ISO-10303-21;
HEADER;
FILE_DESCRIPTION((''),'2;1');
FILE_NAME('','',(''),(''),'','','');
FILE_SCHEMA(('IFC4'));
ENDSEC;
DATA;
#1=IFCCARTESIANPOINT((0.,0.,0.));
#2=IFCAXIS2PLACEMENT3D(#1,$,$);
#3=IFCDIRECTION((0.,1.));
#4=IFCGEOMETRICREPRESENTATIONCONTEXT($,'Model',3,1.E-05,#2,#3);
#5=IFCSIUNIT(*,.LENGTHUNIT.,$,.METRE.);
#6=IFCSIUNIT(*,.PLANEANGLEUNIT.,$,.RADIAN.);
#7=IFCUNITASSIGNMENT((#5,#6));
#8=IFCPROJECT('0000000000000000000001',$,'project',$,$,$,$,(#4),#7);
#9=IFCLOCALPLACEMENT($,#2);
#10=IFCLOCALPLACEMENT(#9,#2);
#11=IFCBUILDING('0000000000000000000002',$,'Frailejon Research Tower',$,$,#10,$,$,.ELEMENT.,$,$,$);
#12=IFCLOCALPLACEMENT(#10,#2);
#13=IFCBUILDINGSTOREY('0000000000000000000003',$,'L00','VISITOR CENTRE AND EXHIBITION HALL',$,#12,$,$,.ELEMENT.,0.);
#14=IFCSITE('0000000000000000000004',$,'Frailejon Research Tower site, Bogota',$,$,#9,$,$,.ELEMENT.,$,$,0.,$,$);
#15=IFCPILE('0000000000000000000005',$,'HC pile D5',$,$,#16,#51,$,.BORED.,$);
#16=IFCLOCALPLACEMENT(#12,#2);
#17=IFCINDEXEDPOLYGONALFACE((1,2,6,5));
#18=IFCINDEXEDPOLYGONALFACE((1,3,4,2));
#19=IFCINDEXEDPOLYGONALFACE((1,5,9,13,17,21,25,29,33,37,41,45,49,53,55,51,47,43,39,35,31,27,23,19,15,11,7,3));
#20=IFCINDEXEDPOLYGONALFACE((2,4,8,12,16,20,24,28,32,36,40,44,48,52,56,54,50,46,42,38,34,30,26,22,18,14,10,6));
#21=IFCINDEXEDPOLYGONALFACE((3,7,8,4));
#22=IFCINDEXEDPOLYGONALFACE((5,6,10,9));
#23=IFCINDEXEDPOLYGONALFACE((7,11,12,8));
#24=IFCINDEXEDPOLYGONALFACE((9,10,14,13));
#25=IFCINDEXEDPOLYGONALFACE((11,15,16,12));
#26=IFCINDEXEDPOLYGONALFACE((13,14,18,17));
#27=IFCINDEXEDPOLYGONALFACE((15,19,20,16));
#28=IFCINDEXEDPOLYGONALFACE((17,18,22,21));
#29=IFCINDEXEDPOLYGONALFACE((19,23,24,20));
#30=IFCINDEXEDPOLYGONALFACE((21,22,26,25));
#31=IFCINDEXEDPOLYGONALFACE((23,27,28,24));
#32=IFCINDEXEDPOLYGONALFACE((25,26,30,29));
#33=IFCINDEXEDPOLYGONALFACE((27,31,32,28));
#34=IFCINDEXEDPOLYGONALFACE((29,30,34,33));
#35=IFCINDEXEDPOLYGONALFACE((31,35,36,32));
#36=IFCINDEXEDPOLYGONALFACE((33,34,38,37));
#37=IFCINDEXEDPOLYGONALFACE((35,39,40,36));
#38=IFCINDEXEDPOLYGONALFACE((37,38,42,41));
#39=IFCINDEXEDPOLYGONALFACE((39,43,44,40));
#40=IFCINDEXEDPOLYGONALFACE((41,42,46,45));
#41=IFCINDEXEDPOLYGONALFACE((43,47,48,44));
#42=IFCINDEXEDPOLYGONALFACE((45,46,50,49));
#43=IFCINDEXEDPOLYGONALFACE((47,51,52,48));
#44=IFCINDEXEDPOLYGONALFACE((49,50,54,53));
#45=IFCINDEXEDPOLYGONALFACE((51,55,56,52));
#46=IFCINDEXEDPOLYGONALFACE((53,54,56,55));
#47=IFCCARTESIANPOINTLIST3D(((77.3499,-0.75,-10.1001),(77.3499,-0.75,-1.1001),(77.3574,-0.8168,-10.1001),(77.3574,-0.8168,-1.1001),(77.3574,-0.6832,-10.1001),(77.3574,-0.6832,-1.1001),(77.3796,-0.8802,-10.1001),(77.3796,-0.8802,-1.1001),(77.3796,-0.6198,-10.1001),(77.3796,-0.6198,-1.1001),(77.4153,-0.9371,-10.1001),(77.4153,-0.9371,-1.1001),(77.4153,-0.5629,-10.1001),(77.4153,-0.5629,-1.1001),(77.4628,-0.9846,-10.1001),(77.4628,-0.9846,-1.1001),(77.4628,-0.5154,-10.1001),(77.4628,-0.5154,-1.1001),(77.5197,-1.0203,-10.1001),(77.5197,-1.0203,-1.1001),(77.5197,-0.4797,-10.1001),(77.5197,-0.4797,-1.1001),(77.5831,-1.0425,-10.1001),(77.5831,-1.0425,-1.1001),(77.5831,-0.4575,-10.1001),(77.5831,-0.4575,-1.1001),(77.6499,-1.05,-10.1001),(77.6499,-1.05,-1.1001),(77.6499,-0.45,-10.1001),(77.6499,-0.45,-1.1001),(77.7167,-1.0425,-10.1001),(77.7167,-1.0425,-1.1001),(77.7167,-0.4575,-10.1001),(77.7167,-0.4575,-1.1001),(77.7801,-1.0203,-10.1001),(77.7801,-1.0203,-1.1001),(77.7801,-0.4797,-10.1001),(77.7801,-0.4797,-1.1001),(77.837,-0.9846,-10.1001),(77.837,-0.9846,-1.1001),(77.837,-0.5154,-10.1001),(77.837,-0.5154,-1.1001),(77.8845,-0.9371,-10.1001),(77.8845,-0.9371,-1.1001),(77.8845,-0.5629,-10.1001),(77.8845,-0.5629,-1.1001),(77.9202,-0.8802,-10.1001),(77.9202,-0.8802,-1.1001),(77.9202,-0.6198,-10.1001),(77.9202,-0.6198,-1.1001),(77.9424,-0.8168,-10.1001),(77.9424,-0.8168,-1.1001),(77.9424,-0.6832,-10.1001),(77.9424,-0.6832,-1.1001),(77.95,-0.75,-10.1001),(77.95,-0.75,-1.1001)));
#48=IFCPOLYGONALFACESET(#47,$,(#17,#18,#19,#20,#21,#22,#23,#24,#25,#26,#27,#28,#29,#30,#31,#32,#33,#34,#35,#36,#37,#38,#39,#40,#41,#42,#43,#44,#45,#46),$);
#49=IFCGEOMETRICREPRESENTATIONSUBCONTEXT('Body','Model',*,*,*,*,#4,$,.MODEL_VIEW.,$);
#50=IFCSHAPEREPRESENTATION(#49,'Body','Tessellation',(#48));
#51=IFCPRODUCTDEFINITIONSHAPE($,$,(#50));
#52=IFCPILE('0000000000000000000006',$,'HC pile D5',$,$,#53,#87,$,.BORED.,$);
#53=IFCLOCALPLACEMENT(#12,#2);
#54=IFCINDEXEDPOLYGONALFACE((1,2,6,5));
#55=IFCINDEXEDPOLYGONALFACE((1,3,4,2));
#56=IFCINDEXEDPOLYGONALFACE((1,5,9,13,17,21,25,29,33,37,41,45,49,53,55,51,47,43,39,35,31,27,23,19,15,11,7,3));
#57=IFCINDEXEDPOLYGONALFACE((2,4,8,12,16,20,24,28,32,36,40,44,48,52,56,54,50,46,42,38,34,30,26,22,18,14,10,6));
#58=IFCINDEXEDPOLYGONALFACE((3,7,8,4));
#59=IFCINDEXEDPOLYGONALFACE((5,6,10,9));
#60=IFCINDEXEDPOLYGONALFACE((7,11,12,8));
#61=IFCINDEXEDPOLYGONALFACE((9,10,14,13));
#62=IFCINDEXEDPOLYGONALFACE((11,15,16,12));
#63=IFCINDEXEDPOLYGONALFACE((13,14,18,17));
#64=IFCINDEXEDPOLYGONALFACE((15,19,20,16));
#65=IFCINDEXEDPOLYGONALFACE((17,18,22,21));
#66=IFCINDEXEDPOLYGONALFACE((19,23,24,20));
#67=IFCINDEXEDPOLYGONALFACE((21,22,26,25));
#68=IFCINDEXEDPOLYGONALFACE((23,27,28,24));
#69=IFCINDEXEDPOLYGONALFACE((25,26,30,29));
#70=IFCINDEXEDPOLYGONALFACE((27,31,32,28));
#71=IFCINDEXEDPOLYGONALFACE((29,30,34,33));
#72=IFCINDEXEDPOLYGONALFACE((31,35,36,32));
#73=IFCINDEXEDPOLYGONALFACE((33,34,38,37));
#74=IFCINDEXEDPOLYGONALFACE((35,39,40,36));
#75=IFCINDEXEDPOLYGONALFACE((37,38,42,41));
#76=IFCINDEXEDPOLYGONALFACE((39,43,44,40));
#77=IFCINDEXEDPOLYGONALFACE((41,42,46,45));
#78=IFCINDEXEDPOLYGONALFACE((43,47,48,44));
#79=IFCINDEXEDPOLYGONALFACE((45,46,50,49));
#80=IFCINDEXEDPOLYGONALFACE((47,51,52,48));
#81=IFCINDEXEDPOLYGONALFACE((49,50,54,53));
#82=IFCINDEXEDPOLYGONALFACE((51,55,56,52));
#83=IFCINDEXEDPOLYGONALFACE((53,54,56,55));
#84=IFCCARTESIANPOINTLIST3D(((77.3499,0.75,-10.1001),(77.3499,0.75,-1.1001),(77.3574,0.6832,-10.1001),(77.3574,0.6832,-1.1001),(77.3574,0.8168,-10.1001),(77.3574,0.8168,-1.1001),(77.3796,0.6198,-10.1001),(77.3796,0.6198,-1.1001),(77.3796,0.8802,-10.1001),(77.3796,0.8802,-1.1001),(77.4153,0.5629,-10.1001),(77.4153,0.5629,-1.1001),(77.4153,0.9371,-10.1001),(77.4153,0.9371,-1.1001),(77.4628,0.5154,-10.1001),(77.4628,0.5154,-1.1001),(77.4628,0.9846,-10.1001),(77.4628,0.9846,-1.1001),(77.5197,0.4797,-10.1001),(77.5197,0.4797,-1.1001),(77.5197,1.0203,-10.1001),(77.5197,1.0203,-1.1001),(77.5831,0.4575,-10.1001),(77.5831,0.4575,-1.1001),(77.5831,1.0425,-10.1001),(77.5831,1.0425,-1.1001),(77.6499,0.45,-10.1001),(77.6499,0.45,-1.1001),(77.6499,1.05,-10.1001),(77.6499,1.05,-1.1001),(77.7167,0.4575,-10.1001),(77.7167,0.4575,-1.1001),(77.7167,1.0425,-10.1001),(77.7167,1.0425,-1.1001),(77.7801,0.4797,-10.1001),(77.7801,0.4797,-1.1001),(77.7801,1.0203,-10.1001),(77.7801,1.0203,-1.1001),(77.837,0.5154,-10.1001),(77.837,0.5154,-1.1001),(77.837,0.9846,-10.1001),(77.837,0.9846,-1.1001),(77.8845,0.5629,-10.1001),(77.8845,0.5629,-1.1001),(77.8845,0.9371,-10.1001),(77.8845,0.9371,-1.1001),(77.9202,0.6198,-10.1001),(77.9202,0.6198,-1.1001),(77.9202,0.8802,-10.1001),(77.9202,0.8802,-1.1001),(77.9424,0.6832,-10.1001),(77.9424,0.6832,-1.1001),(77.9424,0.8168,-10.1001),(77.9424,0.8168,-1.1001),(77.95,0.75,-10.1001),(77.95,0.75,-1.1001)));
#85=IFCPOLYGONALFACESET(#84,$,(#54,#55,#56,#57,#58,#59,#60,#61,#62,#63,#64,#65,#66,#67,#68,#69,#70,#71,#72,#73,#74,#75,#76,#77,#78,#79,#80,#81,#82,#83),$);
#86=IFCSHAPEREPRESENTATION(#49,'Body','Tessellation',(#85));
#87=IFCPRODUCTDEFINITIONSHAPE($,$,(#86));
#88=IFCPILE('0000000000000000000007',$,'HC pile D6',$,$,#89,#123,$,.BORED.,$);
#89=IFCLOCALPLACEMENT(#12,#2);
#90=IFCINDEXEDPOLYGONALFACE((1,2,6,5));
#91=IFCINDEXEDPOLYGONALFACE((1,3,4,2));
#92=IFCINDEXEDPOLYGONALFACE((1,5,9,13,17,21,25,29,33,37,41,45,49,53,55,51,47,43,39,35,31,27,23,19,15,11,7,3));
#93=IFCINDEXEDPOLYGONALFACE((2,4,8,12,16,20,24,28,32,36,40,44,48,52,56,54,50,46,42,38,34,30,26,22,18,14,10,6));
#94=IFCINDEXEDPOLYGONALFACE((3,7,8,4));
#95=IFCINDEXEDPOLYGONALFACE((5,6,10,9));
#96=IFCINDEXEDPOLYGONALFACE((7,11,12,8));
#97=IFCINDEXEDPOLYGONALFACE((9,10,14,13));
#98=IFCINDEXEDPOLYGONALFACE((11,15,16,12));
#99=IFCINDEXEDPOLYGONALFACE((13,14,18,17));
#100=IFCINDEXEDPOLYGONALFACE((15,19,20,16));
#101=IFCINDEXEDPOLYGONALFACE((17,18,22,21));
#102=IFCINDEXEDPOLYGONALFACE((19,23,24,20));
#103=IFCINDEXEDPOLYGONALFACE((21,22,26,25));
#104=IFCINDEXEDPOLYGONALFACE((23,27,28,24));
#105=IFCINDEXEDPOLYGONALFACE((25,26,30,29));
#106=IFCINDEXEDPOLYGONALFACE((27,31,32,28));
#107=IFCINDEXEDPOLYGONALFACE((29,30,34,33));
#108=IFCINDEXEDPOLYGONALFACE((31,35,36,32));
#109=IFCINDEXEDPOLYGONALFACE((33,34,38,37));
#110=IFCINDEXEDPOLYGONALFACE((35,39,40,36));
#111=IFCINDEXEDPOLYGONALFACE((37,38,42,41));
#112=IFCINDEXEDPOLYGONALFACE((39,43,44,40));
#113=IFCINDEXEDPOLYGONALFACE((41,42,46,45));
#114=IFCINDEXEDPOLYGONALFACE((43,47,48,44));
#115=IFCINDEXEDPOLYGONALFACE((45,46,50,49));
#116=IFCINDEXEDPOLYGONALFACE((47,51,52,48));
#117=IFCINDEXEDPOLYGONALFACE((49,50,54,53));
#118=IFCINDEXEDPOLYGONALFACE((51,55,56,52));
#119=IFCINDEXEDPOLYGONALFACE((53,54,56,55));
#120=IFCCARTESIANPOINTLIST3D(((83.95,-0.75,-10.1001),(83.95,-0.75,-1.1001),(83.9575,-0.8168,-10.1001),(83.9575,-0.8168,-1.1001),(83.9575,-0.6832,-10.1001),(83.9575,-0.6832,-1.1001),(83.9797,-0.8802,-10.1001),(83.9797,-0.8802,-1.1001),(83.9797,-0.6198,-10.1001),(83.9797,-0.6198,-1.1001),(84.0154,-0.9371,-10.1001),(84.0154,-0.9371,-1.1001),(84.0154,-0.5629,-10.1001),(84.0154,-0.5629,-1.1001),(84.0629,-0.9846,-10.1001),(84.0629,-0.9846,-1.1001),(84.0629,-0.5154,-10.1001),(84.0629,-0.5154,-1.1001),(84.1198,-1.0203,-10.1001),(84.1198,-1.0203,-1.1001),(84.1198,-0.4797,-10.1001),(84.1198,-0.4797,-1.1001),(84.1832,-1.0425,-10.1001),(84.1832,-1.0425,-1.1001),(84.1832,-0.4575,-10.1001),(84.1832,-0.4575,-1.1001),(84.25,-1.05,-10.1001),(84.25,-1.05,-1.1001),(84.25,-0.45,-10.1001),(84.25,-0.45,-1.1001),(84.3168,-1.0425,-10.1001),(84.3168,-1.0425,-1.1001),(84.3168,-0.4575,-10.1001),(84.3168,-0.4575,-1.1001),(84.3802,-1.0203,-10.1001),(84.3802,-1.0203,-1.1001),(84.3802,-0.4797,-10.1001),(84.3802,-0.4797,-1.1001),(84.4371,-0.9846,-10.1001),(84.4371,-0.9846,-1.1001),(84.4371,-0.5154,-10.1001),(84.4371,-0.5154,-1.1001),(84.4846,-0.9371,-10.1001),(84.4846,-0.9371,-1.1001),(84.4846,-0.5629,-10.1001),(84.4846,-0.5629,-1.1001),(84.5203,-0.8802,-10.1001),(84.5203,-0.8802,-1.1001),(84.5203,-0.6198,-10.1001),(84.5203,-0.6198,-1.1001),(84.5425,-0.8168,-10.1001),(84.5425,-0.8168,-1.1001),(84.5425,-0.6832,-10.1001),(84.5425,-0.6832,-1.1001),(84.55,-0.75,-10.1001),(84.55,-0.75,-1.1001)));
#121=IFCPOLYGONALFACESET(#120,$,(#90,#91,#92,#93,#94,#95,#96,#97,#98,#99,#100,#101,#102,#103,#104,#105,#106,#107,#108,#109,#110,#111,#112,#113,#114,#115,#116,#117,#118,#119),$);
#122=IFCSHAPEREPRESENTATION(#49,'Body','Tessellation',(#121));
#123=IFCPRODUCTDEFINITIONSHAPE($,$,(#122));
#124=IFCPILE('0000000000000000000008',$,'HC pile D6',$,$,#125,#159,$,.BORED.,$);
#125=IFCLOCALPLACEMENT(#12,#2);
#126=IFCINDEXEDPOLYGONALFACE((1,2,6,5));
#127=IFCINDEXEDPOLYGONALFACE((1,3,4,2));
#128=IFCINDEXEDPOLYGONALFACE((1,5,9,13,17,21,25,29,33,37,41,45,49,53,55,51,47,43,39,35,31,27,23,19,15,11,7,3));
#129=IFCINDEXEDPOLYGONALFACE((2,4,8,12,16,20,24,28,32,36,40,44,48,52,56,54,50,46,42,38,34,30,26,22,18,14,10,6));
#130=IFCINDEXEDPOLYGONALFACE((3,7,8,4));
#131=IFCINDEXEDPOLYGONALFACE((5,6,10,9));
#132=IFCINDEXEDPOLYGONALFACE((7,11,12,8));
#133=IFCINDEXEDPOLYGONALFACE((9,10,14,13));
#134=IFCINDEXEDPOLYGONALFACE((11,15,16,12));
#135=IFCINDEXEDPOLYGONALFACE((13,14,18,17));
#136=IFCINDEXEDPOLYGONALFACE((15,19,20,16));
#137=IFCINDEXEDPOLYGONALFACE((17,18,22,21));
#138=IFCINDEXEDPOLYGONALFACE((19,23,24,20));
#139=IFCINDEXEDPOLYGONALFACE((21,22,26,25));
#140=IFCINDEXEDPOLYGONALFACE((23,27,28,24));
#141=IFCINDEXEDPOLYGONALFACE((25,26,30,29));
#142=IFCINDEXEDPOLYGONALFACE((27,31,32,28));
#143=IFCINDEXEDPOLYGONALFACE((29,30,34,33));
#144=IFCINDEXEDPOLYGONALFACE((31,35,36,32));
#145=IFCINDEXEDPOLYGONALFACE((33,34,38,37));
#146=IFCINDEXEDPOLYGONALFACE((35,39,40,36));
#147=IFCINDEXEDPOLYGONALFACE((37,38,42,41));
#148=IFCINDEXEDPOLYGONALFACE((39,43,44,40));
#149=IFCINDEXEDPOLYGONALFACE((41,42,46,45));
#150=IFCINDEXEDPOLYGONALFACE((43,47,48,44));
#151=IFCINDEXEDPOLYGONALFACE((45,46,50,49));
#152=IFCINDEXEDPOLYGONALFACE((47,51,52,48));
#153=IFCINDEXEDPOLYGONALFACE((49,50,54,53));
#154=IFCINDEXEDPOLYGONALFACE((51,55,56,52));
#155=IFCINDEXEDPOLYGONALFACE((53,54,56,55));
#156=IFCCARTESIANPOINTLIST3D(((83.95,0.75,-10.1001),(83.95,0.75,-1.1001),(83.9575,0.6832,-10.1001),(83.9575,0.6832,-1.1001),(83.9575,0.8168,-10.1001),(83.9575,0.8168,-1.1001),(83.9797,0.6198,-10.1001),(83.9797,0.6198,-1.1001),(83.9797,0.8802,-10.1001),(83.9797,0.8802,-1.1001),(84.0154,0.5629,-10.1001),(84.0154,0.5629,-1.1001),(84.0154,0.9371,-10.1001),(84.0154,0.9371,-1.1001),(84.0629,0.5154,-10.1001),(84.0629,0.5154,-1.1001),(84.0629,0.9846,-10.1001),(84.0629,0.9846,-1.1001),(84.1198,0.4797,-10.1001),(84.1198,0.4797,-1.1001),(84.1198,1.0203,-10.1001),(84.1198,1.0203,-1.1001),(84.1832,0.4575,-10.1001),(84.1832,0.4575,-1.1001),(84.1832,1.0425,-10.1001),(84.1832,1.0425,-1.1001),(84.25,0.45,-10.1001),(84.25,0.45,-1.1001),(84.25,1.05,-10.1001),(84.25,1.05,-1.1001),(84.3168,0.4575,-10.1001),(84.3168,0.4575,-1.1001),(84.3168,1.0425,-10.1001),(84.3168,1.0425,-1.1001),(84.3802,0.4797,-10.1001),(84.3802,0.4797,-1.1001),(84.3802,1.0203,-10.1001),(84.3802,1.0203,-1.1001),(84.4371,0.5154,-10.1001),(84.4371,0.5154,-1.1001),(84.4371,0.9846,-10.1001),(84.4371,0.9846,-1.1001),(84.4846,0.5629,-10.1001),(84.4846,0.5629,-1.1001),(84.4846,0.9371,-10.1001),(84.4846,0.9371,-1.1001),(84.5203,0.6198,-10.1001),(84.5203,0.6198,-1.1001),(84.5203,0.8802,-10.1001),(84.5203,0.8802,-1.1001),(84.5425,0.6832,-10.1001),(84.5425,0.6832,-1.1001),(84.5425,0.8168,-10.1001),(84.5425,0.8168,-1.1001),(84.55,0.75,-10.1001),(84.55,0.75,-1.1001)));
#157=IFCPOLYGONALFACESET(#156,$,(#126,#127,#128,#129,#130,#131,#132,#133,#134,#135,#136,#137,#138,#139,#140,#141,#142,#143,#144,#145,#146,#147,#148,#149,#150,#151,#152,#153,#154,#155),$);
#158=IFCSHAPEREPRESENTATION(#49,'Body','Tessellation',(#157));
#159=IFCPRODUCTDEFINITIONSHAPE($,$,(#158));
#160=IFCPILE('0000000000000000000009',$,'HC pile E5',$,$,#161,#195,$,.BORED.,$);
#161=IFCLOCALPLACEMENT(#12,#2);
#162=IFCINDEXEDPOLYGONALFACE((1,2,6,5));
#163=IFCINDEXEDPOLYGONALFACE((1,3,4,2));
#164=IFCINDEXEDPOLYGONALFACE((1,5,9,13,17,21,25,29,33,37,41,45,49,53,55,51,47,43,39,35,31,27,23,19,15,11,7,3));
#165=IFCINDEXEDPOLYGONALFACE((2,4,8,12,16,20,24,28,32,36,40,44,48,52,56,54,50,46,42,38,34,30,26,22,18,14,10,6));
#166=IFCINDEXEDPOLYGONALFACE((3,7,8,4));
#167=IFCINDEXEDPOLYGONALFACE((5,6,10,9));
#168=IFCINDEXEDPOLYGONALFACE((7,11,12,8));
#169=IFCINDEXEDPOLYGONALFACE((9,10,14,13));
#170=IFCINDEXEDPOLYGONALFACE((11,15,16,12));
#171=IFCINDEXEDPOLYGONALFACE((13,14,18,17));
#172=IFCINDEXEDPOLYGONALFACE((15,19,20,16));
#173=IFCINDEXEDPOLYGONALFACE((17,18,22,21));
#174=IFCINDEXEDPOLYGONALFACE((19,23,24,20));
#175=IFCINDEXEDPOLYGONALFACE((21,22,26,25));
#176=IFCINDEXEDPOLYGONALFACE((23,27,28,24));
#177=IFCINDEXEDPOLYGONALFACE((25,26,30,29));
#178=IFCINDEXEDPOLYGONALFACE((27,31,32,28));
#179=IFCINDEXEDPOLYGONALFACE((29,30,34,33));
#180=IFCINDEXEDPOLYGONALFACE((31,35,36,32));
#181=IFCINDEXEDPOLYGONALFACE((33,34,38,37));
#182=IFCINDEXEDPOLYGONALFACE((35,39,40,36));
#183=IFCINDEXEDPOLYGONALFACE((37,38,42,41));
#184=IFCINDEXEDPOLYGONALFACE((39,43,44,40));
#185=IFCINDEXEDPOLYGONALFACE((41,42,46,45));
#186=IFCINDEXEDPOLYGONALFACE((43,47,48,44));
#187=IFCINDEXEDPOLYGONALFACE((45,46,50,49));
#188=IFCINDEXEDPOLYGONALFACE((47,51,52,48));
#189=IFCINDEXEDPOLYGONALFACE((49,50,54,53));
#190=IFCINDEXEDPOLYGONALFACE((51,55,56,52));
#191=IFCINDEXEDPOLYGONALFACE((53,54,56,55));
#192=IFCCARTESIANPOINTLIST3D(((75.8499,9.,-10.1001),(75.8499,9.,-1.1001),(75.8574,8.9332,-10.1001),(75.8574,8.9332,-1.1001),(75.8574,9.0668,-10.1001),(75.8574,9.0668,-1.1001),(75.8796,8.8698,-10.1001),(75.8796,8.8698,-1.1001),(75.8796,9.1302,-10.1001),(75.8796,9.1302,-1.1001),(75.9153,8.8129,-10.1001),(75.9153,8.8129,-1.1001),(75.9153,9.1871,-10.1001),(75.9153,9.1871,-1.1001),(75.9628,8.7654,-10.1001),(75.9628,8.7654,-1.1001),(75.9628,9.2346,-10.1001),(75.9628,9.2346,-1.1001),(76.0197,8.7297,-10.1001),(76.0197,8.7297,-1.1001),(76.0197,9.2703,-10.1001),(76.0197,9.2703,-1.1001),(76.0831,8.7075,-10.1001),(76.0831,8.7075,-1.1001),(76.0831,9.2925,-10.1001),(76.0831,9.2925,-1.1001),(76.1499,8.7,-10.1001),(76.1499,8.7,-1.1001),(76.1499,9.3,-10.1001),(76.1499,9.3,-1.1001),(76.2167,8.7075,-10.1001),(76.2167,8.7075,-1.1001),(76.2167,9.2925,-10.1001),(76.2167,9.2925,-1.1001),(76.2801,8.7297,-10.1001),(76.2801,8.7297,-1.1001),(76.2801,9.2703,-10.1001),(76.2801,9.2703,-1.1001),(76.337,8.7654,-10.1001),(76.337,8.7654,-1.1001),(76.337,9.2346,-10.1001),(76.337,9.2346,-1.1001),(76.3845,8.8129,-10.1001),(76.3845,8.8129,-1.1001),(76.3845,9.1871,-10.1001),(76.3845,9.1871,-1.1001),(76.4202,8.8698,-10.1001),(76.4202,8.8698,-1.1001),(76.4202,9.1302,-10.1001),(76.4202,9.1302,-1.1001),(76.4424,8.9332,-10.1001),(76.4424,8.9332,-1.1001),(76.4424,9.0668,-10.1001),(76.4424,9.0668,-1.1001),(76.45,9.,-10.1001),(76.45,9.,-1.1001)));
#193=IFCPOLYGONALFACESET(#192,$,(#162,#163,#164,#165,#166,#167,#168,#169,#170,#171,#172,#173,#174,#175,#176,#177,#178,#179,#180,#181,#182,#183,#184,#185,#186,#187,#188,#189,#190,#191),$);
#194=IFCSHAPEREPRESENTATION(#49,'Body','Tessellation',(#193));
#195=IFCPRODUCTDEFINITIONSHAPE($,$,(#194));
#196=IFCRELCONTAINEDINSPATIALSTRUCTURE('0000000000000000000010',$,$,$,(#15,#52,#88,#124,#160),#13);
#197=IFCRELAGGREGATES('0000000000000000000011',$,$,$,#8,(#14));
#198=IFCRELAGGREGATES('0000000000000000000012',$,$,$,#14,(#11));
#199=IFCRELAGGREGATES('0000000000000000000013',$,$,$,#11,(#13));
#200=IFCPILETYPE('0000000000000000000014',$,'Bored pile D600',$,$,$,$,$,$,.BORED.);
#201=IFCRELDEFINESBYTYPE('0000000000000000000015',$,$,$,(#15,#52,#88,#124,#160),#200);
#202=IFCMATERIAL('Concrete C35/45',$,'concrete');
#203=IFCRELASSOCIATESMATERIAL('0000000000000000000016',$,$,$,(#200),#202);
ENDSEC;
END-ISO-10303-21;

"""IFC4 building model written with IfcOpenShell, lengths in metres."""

from ifc_helpers import new_model, si_unit, direction, frame, origin, origin_2d, place, context, subcontext, project, spatial, circle, extrude, material, material_profile, profile_set, type_object, element, save


model = new_model("IFC4")

# Units and contexts
model_context = context("Model", 3, precision=1e-05, world=origin(), true_north=direction((0.0, 1.0)))
body_context = subcontext(model_context, "Body", "Model", "MODEL_VIEW")
ifc_project = project(units=[si_unit("LENGTHUNIT", "METRE"), si_unit("PLANEANGLEUNIT", "RADIAN")], contexts=[model_context])

# Site, building, storey
site_placement = place(None, origin())
site = spatial("IfcSite", under=ifc_project, at=site_placement, Name="Frailejon Research Tower site, Bogota", CompositionType="ELEMENT", RefElevation=0.0)
building_placement = place(site_placement, origin())
building = spatial("IfcBuilding", under=site, at=building_placement, Name="Frailejon Research Tower", CompositionType="ELEMENT")
storey_placement = place(building_placement, origin())
storey = spatial("IfcBuildingStorey", under=building, at=storey_placement, Name="L00", Description="VISITOR CENTRE AND EXHIBITION HALL", CompositionType="ELEMENT", Elevation=0.0)

# Piles
ifc_material_1 = material(Name="Concrete C35/45", Category="concrete")
ifc_material_profile_1 = material_profile(ifc_material_1, circle(Radius=0.3, at=origin_2d()), Name="Bored pile D600")
ifc_profile_set_1 = profile_set([ifc_material_profile_1], Name="Concrete C35/45")
pile_type = type_object("IfcPileType", Name="Bored pile D600", PredefinedType="BORED", material=ifc_profile_set_1)
for number, where, z_axis, x_axis, name in (
    (1, (77.6499, -0.75, -1.1001), (0.0, 0.0, -1.0), (1.0, 0.0, 0.0), "HC pile D5"),
    (2, (77.6499, 0.75, -1.1001), (0.0, 0.0, -1.0), (1.0, 0.0, 0.0), "HC pile D5"),
    (3, (84.25, -0.75, -1.1001), (0.0, 0.0, -1.0), (1.0, 0.0, 0.0), "HC pile D6"),
    (4, (84.25, 0.75, -1.1001), (0.0, 0.0, -1.0), (1.0, 0.0, 0.0), "HC pile D6"),
    (5, (76.1499, 9.0, -1.1001), (0.0, 0.0, -1.0), (1.0, 0.0, 0.0), "HC pile E5"),
):
    element("IfcPile", number, at=place(storey_placement, frame(where, z_axis=z_axis, x_axis=x_axis)), inside=storey, type_object=pile_type, Name=name, PredefinedType="BORED", context=body_context, shape_type="SweptSolid", body=[
        extrude(circle(Radius=0.3, at=origin_2d()), origin(), (0.0, 0.0, 1.0), 9.0),
    ])

save(model, "model.ifc")
